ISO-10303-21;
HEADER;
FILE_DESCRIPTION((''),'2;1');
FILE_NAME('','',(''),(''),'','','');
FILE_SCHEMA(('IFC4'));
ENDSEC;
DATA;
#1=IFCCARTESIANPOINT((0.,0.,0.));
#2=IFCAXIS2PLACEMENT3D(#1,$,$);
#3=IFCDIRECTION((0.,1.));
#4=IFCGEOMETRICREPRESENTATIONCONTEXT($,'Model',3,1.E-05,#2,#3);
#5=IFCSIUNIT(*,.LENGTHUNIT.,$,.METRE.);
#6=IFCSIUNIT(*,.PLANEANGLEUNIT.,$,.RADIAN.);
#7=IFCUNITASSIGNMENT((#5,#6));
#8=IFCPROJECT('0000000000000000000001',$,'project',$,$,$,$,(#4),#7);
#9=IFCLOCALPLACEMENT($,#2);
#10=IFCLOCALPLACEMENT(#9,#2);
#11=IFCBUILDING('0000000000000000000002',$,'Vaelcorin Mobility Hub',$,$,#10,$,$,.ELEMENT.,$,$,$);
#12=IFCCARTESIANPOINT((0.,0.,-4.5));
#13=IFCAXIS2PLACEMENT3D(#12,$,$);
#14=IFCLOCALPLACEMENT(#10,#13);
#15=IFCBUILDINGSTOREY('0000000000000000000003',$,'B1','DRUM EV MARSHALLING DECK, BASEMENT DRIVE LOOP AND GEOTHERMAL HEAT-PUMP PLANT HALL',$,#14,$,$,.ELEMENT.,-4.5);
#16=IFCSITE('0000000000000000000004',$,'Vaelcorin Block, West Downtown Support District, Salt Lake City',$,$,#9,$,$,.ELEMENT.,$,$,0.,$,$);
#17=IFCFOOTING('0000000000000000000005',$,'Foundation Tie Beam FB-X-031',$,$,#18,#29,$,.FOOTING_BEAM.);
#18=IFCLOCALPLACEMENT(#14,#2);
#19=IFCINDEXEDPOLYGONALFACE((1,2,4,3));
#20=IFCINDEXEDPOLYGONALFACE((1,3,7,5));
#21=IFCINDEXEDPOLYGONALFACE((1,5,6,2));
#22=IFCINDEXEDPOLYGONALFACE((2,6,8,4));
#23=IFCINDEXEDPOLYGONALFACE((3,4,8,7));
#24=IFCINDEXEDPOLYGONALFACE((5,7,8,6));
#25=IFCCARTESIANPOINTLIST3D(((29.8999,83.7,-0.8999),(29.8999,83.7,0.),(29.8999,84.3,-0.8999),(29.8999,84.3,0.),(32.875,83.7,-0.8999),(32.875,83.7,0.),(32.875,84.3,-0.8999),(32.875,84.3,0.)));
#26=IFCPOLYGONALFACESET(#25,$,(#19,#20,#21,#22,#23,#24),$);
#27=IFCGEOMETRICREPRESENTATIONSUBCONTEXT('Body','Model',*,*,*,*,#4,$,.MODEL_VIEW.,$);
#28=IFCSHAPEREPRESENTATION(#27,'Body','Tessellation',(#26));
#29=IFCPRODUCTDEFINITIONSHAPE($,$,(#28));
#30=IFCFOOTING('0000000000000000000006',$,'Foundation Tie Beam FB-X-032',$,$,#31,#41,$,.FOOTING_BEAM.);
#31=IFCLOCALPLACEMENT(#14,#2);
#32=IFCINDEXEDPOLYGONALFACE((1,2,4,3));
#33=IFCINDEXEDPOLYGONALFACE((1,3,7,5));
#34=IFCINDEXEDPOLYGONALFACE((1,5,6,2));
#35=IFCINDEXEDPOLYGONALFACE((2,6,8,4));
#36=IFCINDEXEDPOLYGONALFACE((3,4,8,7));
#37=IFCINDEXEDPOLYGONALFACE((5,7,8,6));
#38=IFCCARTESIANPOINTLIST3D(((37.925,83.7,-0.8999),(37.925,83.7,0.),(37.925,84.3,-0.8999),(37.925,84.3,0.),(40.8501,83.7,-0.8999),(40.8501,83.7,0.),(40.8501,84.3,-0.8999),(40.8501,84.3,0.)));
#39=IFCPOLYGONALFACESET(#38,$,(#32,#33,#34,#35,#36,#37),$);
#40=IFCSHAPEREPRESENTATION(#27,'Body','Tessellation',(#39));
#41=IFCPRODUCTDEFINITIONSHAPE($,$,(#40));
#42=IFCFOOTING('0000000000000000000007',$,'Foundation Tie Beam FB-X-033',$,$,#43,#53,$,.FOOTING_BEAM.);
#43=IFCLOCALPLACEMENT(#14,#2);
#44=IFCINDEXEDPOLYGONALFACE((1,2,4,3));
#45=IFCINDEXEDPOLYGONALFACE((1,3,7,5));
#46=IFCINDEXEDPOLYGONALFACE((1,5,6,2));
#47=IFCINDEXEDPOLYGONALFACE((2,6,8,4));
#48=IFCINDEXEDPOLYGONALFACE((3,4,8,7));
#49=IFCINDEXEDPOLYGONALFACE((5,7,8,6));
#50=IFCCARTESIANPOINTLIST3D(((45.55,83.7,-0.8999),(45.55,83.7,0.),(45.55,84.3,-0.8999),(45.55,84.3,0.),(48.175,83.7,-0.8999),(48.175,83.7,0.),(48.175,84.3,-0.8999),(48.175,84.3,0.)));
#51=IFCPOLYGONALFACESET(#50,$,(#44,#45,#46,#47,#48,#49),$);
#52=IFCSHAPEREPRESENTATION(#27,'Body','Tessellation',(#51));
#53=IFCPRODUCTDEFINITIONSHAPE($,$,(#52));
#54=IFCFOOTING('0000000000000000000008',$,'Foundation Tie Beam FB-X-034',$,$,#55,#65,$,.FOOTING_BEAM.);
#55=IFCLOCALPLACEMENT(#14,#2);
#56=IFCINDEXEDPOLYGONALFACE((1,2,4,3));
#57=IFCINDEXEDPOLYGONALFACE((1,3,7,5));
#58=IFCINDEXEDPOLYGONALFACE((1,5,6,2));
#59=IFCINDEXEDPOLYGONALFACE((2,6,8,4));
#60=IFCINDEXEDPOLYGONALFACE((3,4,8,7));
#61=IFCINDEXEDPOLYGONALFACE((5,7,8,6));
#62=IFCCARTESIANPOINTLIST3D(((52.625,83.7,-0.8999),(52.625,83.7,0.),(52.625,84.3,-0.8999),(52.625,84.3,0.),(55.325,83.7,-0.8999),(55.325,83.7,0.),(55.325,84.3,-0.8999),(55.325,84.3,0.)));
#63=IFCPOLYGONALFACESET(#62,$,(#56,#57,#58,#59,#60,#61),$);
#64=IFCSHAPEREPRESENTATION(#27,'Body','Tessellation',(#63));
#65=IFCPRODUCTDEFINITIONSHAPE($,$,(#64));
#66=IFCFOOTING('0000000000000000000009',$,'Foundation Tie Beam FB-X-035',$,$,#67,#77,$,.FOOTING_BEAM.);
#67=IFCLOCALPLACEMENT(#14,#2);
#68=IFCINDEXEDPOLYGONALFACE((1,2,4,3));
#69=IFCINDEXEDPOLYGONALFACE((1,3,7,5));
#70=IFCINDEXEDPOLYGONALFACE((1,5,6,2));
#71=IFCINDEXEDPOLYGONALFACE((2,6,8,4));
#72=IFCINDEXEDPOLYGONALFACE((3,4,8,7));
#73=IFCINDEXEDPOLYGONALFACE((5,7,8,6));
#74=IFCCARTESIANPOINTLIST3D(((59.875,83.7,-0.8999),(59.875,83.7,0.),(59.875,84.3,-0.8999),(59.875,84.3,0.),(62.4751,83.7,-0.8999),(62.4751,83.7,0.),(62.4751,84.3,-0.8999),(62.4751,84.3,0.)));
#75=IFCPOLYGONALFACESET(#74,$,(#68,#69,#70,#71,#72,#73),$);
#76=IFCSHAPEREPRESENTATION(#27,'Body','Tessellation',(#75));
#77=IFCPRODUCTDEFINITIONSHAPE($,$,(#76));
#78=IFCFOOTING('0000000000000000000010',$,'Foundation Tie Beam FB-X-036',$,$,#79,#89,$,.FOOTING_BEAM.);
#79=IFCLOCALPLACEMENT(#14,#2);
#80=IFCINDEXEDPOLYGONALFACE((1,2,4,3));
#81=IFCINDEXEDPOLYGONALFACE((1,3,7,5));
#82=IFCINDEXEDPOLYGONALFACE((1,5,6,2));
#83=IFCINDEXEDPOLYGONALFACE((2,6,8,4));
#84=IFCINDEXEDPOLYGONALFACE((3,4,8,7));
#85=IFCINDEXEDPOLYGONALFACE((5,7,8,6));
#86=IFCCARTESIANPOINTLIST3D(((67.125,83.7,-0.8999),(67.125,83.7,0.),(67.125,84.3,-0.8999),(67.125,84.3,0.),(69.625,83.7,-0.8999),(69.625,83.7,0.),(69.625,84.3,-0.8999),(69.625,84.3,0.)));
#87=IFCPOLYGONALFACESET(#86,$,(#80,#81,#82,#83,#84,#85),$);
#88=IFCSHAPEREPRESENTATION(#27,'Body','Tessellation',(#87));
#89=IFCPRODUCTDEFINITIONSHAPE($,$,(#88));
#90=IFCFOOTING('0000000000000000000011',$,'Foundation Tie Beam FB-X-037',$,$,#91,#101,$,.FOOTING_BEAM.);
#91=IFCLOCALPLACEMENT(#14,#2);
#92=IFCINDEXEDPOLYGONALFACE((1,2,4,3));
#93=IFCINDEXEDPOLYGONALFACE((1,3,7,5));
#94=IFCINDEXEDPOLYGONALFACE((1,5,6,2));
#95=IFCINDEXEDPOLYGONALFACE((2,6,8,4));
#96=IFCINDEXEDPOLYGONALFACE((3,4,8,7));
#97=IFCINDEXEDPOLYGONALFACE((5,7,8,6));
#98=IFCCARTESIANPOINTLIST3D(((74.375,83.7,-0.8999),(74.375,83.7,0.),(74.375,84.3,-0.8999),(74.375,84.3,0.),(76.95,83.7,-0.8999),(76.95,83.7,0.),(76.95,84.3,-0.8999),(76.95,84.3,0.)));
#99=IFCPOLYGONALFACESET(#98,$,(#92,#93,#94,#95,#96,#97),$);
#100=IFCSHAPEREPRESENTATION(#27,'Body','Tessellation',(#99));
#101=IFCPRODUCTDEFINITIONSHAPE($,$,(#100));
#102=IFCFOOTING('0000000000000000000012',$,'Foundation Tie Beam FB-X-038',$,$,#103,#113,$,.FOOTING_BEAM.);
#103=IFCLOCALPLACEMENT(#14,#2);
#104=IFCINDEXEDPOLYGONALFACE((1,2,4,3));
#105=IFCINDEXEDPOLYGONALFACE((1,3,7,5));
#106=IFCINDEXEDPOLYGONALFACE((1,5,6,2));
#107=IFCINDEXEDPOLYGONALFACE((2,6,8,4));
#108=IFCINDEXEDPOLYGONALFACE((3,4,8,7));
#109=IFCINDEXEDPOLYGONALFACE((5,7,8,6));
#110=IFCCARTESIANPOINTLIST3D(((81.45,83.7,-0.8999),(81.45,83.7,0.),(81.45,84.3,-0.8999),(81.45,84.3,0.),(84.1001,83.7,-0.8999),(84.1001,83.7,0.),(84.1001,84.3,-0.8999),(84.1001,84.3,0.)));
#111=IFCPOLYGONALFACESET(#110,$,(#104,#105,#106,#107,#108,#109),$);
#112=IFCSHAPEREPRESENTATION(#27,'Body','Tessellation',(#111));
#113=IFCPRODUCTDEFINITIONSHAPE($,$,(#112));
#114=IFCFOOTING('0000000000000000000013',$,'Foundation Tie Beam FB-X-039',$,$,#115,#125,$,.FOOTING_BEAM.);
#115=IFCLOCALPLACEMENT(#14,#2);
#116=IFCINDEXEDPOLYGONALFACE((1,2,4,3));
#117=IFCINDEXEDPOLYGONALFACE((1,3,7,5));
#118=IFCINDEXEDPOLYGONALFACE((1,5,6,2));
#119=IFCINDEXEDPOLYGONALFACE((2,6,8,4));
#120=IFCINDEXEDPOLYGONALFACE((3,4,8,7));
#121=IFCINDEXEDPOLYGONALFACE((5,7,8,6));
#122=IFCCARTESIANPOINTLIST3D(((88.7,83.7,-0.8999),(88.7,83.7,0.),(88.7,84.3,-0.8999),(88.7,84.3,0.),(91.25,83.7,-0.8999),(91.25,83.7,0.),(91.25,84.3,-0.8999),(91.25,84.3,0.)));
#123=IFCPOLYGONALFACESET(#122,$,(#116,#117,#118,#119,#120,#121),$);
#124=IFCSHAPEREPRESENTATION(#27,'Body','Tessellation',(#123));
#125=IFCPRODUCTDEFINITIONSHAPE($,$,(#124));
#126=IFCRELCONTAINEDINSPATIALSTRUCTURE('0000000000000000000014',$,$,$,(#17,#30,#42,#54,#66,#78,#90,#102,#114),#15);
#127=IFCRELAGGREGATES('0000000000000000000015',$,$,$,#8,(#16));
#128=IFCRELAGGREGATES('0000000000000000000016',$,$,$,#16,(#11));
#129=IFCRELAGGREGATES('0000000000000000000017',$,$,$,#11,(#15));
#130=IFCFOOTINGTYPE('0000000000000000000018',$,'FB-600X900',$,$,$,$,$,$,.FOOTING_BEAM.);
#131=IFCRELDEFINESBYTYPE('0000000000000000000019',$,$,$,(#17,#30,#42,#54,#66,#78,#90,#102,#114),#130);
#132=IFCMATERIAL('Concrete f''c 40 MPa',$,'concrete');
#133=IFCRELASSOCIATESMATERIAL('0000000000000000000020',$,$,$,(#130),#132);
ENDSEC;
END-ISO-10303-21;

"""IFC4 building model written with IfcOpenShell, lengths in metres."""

from ifc_helpers import new_model, si_unit, direction, frame, origin, place, context, subcontext, project, spatial, polyline, outline, extrude, material, type_object, element, save


model = new_model("IFC4")

# Units and contexts
model_context = context("Model", 3, precision=1e-05, world=origin(), true_north=direction((0.0, 1.0)))
body_context = subcontext(model_context, "Body", "Model", "MODEL_VIEW")
ifc_project = project(units=[si_unit("LENGTHUNIT", "METRE"), si_unit("PLANEANGLEUNIT", "RADIAN")], contexts=[model_context])

# Site, building, storey
site_placement = place(None, origin())
site = spatial("IfcSite", under=ifc_project, at=site_placement, Name="Vaelcorin Block, West Downtown Support District, Salt Lake City", CompositionType="ELEMENT", RefElevation=0.0)
building_placement = place(site_placement, origin())
building = spatial("IfcBuilding", under=site, at=building_placement, Name="Vaelcorin Mobility Hub", CompositionType="ELEMENT")
storey_placement = place(building_placement, frame((0.0, 0.0, -4.5)))
storey = spatial("IfcBuildingStorey", under=building, at=storey_placement, Name="B1", Description="DRUM EV MARSHALLING DECK, BASEMENT DRIVE LOOP AND GEOTHERMAL HEAT-PUMP PLANT HALL", CompositionType="ELEMENT", Elevation=-4.5)

# Footings
ifc_material = material(Name="Concrete f'c 40 MPa", Category="concrete")
footing_type = type_object("IfcFootingType", Name="FB-600X900", PredefinedType="FOOTING_BEAM", material=ifc_material)
footing_1_placement = place(storey_placement, frame((0.0, 0.0, -0.8999)))
element("IfcFooting", 1, at=footing_1_placement, inside=storey, type_object=footing_type, Name="Foundation Tie Beam FB-X-031", PredefinedType="FOOTING_BEAM", context=body_context, shape_type="SweptSolid", body=[
    extrude(outline(polyline([(29.8999, 83.7), (32.875, 83.7), (32.875, 84.3), (29.8999, 84.3), (29.8999, 83.7)])), origin(), (0.0, 0.0, 1.0), 0.8999),
])
footing_2_placement = place(storey_placement, frame((0.0, 0.0, -0.8999)))
element("IfcFooting", 2, at=footing_2_placement, inside=storey, type_object=footing_type, Name="Foundation Tie Beam FB-X-032", PredefinedType="FOOTING_BEAM", context=body_context, shape_type="SweptSolid", body=[
    extrude(outline(polyline([(37.925, 83.7), (40.8501, 83.7), (40.8501, 84.3), (37.925, 84.3), (37.925, 83.7)])), origin(), (0.0, 0.0, 1.0), 0.8999),
])
footing_3_placement = place(storey_placement, frame((0.0, 0.0, -0.8999)))
element("IfcFooting", 3, at=footing_3_placement, inside=storey, type_object=footing_type, Name="Foundation Tie Beam FB-X-033", PredefinedType="FOOTING_BEAM", context=body_context, shape_type="SweptSolid", body=[
    extrude(outline(polyline([(45.55, 83.7), (48.175, 83.7), (48.175, 84.3), (45.55, 84.3), (45.55, 83.7)])), origin(), (0.0, 0.0, 1.0), 0.8999),
])
footing_4_placement = place(storey_placement, frame((0.0, 0.0, -0.8999)))
element("IfcFooting", 4, at=footing_4_placement, inside=storey, type_object=footing_type, Name="Foundation Tie Beam FB-X-034", PredefinedType="FOOTING_BEAM", context=body_context, shape_type="SweptSolid", body=[
    extrude(outline(polyline([(52.625, 83.7), (55.325, 83.7), (55.325, 84.3), (52.625, 84.3), (52.625, 83.7)])), origin(), (0.0, 0.0, 1.0), 0.8999),
])
footing_5_placement = place(storey_placement, frame((0.0, 0.0, -0.8999)))
element("IfcFooting", 5, at=footing_5_placement, inside=storey, type_object=footing_type, Name="Foundation Tie Beam FB-X-035", PredefinedType="FOOTING_BEAM", context=body_context, shape_type="SweptSolid", body=[
    extrude(outline(polyline([(59.875, 83.7), (62.4751, 83.7), (62.4751, 84.3), (59.875, 84.3), (59.875, 83.7)])), origin(), (0.0, 0.0, 1.0), 0.8999),
])
footing_6_placement = place(storey_placement, frame((0.0, 0.0, -0.8999)))
element("IfcFooting", 6, at=footing_6_placement, inside=storey, type_object=footing_type, Name="Foundation Tie Beam FB-X-036", PredefinedType="FOOTING_BEAM", context=body_context, shape_type="SweptSolid", body=[
    extrude(outline(polyline([(67.125, 83.7), (69.625, 83.7), (69.625, 84.3), (67.125, 84.3), (67.125, 83.7)])), origin(), (0.0, 0.0, 1.0), 0.8999),
])
footing_7_placement = place(storey_placement, frame((0.0, 0.0, -0.8999)))
element("IfcFooting", 7, at=footing_7_placement, inside=storey, type_object=footing_type, Name="Foundation Tie Beam FB-X-037", PredefinedType="FOOTING_BEAM", context=body_context, shape_type="SweptSolid", body=[
    extrude(outline(polyline([(74.375, 83.7), (76.95, 83.7), (76.95, 84.3), (74.375, 84.3), (74.375, 83.7)])), origin(), (0.0, 0.0, 1.0), 0.8999),
])
footing_8_placement = place(storey_placement, frame((0.0, 0.0, -0.8999)))
element("IfcFooting", 8, at=footing_8_placement, inside=storey, type_object=footing_type, Name="Foundation Tie Beam FB-X-038", PredefinedType="FOOTING_BEAM", context=body_context, shape_type="SweptSolid", body=[
    extrude(outline(polyline([(81.45, 83.7), (84.1001, 83.7), (84.1001, 84.3), (81.45, 84.3), (81.45, 83.7)])), origin(), (0.0, 0.0, 1.0), 0.8999),
])
footing_9_placement = place(storey_placement, frame((0.0, 0.0, -0.8999)))
element("IfcFooting", 9, at=footing_9_placement, inside=storey, type_object=footing_type, Name="Foundation Tie Beam FB-X-039", PredefinedType="FOOTING_BEAM", context=body_context, shape_type="SweptSolid", body=[
    extrude(outline(polyline([(88.7, 83.7), (91.25, 83.7), (91.25, 84.3), (88.7, 84.3), (88.7, 83.7)])), origin(), (0.0, 0.0, 1.0), 0.8999),
])

save(model, "model.ifc")
